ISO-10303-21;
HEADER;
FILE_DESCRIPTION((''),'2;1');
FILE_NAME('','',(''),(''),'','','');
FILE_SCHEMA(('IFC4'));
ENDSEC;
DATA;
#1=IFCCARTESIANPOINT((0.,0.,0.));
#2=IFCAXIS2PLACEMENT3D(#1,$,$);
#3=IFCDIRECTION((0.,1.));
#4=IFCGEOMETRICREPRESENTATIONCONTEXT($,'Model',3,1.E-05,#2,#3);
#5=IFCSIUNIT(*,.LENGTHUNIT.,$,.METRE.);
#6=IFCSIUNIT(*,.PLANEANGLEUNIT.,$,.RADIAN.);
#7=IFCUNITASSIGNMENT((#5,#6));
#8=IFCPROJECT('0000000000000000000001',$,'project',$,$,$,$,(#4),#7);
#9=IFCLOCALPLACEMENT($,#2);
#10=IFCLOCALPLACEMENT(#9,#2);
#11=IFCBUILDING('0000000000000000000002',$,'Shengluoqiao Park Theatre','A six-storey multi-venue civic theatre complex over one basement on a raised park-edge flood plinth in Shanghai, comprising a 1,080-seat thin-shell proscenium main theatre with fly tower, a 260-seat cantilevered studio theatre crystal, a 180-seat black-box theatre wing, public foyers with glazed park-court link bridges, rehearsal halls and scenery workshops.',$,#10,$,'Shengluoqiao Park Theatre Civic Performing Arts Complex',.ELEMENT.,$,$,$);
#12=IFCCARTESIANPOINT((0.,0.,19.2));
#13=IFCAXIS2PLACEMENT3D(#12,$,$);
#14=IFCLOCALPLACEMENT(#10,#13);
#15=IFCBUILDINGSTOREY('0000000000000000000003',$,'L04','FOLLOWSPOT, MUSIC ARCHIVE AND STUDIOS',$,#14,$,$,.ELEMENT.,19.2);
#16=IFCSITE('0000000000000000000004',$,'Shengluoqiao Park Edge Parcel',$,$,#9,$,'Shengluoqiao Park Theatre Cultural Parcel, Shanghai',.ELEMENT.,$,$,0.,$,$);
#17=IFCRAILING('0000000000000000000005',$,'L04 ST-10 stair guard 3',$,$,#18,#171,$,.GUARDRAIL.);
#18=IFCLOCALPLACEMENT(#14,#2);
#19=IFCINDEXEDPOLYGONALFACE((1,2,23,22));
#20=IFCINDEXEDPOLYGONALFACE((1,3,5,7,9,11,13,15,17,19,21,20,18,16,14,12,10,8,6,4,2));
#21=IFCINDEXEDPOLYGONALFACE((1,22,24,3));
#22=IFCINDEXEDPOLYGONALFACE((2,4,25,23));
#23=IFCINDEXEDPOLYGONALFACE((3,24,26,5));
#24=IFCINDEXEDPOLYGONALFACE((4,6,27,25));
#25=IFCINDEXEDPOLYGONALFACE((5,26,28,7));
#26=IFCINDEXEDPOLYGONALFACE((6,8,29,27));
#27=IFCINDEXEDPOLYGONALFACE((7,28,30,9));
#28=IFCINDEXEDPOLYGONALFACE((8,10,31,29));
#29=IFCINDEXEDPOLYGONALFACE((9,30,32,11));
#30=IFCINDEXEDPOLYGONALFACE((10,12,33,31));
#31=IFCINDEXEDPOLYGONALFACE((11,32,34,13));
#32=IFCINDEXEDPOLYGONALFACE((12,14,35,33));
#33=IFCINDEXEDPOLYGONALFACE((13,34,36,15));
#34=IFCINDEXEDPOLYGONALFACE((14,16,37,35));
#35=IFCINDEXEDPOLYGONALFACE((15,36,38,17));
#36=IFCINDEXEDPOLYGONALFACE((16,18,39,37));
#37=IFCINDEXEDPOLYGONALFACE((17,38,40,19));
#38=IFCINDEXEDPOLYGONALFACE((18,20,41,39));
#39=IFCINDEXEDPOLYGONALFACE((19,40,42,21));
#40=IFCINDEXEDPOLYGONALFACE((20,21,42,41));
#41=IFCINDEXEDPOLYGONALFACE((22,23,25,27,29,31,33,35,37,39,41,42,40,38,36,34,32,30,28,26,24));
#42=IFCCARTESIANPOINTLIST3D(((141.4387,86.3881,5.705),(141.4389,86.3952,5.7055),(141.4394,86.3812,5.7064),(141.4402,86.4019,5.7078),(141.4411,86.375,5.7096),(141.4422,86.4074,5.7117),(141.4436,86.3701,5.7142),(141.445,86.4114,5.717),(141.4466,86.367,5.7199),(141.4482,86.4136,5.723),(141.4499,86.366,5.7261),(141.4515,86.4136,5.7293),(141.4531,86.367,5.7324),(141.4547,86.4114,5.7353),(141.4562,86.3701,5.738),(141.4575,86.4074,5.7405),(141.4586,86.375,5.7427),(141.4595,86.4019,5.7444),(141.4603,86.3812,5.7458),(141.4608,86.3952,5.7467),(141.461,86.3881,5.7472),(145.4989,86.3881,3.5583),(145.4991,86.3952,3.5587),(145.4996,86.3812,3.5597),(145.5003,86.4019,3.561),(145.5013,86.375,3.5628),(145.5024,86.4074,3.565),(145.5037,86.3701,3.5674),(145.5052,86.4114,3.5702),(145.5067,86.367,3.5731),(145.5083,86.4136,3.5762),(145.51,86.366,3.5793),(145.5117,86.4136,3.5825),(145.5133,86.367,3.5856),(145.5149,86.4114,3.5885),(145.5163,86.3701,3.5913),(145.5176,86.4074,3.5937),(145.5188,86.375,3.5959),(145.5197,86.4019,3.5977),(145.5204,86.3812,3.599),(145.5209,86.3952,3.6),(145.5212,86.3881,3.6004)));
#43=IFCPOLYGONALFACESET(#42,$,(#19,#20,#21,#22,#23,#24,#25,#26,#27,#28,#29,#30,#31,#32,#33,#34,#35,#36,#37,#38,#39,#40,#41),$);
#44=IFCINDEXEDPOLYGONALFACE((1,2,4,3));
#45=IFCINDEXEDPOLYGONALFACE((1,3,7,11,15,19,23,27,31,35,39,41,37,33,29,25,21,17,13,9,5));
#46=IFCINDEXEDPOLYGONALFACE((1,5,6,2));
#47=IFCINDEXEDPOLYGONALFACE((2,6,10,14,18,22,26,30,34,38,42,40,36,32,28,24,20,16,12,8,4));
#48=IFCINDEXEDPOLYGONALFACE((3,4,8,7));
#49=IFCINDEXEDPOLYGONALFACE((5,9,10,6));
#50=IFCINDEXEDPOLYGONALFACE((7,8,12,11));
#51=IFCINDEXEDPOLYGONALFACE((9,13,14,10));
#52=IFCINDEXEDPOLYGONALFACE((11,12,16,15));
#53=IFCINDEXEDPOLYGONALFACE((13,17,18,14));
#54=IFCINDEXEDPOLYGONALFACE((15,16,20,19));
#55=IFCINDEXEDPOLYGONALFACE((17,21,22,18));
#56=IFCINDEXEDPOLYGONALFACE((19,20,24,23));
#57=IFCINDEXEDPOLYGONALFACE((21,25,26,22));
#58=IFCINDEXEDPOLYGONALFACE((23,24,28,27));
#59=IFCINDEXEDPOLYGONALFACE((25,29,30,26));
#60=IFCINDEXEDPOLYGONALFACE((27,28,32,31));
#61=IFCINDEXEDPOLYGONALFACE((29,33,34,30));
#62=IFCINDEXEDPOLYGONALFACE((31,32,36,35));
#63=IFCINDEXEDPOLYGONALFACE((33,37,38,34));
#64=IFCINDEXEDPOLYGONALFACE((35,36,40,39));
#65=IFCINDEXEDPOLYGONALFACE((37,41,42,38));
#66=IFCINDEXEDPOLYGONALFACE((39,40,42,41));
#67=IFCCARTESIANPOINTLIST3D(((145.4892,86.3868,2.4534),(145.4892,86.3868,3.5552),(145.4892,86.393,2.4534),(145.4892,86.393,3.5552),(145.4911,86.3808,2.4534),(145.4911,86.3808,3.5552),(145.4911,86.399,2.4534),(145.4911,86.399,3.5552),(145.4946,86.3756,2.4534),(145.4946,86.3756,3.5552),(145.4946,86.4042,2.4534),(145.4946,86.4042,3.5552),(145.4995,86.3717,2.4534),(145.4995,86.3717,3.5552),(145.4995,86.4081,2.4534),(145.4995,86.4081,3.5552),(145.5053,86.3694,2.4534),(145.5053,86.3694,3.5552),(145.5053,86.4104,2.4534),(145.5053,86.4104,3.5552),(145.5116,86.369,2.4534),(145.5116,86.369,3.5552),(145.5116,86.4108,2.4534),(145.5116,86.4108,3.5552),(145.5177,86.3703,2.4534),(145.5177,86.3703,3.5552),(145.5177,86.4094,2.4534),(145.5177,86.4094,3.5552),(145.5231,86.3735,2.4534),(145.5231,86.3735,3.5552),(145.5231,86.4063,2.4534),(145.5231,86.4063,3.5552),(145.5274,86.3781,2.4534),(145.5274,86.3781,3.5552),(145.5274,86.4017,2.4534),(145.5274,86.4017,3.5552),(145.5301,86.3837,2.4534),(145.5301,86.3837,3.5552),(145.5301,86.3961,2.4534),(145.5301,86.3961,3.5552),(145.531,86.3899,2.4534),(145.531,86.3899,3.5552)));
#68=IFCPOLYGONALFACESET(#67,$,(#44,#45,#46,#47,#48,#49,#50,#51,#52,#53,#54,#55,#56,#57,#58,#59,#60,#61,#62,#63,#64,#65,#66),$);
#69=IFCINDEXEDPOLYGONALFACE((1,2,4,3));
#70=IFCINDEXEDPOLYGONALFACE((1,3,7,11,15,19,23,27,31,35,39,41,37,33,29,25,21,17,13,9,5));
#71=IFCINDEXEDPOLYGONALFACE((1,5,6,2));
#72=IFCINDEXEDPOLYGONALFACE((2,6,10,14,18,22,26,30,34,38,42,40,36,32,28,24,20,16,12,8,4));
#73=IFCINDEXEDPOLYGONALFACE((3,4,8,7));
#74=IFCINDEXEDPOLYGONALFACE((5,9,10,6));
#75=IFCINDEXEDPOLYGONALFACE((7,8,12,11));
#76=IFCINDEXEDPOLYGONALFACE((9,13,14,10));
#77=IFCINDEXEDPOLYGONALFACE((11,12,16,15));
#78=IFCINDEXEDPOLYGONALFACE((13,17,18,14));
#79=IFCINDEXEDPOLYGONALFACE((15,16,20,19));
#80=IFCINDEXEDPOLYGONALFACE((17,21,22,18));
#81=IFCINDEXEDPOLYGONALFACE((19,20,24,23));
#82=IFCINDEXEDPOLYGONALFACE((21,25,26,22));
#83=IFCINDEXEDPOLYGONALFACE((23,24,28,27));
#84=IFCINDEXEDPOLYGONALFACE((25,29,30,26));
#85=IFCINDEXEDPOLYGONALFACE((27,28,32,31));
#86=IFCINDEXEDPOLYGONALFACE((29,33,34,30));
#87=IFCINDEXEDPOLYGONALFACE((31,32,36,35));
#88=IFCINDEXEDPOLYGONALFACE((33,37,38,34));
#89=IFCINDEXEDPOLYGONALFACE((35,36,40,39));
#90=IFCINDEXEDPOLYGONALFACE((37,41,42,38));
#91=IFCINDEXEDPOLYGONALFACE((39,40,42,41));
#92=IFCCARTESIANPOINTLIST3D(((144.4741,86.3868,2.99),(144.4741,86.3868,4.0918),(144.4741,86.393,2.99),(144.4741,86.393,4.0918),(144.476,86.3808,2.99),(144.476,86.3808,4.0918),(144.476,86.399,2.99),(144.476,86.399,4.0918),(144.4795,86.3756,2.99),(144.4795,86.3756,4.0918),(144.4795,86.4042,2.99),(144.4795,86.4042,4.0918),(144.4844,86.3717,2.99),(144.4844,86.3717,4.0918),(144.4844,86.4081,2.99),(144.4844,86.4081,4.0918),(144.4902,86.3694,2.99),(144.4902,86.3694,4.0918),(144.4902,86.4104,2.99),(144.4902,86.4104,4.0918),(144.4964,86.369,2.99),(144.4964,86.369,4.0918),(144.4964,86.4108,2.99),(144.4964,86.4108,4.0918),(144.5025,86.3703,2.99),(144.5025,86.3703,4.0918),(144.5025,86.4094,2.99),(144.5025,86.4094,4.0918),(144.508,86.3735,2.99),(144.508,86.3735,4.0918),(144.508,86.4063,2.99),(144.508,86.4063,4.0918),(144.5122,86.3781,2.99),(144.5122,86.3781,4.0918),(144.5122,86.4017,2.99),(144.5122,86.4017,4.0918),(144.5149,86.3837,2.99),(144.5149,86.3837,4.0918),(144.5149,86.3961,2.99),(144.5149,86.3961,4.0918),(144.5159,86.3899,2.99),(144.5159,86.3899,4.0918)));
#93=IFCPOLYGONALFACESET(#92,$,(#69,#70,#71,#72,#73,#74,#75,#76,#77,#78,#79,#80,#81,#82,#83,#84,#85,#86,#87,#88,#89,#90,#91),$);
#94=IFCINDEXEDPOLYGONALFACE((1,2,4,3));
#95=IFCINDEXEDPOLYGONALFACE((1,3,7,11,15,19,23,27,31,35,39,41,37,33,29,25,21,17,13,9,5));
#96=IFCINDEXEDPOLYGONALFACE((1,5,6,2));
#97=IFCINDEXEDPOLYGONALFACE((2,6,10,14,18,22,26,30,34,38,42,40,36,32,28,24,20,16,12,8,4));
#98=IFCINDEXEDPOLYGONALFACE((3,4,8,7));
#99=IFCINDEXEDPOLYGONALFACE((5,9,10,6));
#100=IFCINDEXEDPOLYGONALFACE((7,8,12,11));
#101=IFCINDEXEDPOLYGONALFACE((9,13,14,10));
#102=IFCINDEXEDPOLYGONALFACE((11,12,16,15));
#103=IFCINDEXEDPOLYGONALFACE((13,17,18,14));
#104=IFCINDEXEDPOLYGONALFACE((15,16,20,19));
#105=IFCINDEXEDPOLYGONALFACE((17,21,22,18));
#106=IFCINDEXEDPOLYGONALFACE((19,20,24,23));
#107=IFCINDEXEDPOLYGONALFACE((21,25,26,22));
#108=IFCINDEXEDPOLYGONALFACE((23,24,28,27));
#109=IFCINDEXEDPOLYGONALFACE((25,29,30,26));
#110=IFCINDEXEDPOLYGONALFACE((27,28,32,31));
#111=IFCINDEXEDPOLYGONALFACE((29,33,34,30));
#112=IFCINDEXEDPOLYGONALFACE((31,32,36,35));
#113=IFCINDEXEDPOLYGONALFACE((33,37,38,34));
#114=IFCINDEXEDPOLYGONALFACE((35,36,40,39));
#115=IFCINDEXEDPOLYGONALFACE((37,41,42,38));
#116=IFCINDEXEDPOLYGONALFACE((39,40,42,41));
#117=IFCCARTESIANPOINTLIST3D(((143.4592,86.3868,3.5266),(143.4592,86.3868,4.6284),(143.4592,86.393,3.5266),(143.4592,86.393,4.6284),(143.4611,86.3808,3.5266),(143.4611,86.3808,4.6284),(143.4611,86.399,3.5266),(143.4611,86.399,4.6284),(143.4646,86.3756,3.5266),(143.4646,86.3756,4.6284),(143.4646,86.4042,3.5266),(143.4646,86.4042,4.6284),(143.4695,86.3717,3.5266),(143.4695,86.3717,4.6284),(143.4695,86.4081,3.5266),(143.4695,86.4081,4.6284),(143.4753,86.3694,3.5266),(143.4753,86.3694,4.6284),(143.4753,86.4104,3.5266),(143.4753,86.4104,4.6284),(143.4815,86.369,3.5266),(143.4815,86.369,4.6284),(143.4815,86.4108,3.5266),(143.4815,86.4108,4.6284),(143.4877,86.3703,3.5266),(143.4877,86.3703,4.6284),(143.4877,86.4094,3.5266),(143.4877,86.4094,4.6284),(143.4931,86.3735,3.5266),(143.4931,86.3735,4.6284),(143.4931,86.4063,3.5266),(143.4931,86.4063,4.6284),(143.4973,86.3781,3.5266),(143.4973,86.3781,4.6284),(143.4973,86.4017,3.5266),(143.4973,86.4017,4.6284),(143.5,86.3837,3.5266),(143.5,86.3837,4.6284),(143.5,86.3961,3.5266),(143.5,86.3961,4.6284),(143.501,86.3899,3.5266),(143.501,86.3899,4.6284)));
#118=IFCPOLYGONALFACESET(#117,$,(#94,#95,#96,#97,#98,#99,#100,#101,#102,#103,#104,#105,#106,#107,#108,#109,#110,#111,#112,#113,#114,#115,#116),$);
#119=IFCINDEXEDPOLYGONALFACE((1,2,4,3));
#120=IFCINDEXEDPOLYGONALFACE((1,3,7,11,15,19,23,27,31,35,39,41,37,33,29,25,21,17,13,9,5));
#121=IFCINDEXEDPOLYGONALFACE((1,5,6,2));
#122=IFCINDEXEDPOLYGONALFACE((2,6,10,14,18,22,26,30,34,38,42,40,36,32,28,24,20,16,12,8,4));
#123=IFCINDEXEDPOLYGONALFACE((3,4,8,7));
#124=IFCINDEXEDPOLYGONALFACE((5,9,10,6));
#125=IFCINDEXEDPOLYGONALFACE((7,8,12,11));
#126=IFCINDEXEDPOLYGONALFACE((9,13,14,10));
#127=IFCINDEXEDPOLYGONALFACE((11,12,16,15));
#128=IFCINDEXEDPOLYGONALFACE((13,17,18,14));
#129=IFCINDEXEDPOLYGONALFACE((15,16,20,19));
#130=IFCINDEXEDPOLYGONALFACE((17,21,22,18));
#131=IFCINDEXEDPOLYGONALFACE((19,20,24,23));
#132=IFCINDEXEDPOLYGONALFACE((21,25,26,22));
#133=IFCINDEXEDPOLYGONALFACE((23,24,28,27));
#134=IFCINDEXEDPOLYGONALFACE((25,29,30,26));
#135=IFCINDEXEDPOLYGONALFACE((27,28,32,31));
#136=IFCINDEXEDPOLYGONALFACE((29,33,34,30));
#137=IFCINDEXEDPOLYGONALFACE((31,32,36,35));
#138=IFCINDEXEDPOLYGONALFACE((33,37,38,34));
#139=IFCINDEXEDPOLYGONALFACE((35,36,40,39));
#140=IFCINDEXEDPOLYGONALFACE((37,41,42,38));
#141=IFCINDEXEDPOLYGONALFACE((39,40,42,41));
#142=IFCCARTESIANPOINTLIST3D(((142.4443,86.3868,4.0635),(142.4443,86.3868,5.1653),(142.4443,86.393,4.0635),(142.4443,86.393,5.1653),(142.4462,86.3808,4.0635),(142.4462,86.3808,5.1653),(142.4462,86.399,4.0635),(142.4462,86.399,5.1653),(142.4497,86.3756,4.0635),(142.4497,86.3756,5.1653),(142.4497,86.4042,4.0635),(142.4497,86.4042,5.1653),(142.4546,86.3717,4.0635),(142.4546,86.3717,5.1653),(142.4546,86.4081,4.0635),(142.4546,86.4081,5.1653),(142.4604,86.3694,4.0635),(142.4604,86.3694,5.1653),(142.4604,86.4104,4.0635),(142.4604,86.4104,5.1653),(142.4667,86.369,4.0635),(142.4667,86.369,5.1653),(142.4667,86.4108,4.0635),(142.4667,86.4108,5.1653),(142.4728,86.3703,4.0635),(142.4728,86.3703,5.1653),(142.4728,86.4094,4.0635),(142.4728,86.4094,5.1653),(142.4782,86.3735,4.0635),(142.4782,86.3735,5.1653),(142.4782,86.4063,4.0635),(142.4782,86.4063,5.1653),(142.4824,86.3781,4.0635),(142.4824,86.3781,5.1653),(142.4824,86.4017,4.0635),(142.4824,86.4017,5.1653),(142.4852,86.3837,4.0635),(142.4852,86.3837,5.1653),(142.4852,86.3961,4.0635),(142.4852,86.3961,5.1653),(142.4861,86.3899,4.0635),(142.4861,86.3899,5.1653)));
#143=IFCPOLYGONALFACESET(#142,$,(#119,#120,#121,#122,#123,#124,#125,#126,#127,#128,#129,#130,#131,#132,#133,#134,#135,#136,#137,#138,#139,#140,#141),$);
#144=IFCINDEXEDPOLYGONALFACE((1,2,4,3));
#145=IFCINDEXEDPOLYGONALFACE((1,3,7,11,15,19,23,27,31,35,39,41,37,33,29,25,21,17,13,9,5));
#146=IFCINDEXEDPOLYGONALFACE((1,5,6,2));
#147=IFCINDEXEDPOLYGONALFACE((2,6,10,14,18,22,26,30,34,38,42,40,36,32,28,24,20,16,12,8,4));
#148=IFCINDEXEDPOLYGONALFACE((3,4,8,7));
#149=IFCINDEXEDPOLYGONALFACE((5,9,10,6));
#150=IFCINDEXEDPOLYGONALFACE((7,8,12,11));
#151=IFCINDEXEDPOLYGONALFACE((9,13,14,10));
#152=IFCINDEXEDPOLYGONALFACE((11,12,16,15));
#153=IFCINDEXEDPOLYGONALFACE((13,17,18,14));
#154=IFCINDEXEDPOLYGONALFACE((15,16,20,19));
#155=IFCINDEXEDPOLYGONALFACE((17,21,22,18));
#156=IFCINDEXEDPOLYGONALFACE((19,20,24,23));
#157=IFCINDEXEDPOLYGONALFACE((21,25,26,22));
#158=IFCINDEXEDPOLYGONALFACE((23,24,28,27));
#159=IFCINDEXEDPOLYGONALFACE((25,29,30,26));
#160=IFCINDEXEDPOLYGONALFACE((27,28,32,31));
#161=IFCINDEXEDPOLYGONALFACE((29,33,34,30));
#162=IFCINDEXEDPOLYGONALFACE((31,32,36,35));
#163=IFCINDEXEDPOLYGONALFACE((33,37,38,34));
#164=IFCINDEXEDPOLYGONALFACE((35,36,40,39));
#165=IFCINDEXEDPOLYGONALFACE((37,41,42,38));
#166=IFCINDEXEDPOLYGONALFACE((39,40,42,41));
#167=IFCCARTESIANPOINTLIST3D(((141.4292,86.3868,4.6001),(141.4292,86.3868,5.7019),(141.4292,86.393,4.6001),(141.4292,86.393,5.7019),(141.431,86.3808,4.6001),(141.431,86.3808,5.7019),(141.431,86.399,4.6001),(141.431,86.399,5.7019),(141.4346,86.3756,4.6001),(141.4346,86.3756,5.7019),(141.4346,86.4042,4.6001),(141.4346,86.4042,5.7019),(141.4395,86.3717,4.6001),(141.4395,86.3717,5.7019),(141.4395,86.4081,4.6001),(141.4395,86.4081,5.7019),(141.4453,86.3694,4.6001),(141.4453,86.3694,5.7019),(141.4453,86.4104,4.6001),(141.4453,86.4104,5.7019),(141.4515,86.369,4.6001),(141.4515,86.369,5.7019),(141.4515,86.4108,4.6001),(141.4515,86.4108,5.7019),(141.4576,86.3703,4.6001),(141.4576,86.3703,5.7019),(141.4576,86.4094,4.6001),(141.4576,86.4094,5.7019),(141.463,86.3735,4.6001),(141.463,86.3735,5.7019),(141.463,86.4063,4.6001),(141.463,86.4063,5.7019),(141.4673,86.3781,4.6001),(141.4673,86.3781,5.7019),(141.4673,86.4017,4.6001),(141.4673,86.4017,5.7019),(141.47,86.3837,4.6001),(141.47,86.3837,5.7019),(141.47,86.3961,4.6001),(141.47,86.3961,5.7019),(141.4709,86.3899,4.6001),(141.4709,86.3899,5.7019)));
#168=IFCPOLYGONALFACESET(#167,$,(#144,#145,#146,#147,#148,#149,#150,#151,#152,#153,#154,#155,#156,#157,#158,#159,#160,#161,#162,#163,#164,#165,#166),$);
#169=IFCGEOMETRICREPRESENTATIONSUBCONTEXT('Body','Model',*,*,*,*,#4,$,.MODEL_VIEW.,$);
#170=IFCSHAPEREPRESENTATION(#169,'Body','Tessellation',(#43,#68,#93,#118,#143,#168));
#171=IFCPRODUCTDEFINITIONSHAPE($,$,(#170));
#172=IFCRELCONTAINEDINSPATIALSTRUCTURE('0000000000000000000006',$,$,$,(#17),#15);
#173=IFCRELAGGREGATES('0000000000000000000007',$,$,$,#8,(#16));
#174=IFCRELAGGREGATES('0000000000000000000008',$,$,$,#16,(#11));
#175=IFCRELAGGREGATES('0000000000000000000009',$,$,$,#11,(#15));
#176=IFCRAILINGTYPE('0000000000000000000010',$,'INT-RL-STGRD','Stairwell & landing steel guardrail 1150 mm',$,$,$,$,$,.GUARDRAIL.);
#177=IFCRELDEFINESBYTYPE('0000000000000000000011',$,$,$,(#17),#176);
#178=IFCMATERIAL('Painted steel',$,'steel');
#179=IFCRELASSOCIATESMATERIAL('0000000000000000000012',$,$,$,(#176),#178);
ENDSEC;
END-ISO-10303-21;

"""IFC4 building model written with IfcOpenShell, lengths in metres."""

from ifc_helpers import new_model, si_unit, direction, frame, origin, origin_2d, place, context, subcontext, project, spatial, circle, extrude, material, type_object, element, save


model = new_model("IFC4")

# Units and contexts
model_context = context("Model", 3, precision=1e-05, world=origin(), true_north=direction((0.0, 1.0)))
body_context = subcontext(model_context, "Body", "Model", "MODEL_VIEW")
ifc_project = project(units=[si_unit("LENGTHUNIT", "METRE"), si_unit("PLANEANGLEUNIT", "RADIAN")], contexts=[model_context])

# Site, building, storey
site_placement = place(None, origin())
site = spatial("IfcSite", under=ifc_project, at=site_placement, Name="Shengluoqiao Park Edge Parcel", LongName="Shengluoqiao Park Theatre Cultural Parcel, Shanghai", CompositionType="ELEMENT", RefElevation=0.0)
building_placement = place(site_placement, origin())
building = spatial("IfcBuilding", under=site, at=building_placement, Name="Shengluoqiao Park Theatre", Description="A six-storey multi-venue civic theatre complex over one basement on a raised park-edge flood plinth in Shanghai, comprising a 1,080-seat thin-shell proscenium main theatre with fly tower, a 260-seat cantilevered studio theatre crystal, a 180-seat black-box theatre wing, public foyers with glazed park-court link bridges, rehearsal halls and scenery workshops.", LongName="Shengluoqiao Park Theatre Civic Performing Arts Complex", CompositionType="ELEMENT")
storey_placement = place(building_placement, frame((0.0, 0.0, 19.2)))
storey = spatial("IfcBuildingStorey", under=building, at=storey_placement, Name="L04", Description="FOLLOWSPOT, MUSIC ARCHIVE AND STUDIOS", CompositionType="ELEMENT", Elevation=19.2)

# Railing
ifc_material_1 = material(Name="Painted steel", Category="steel")
railing_type_1 = type_object("IfcRailingType", Name="INT-RL-STGRD", Description="Stairwell & landing steel guardrail 1150 mm", PredefinedType="GUARDRAIL", material=ifc_material_1)
railing_1_placement = place(storey_placement, frame((145.51, 86.3899, 2.4534)))
element("IfcRailing", 1, at=railing_1_placement, inside=storey, type_object=railing_type_1, Name="L04 ST-10 stair guard 3", PredefinedType="GUARDRAIL", context=body_context, shape_type="SweptSolid", body=[
    extrude(circle(Radius=0.0239, at=origin_2d()), frame((0.0, 0.0, 1.126), z_axis=(-0.884032, 0.0, 0.467426), x_axis=(0.0, -1.0, 0.0)), (0.0, 0.0, 1.0), 4.5928),
    extrude(circle(Radius=0.021, at=origin_2d()), origin(), (0.0, 0.0, 1.0), 1.1018),
    extrude(circle(Radius=0.021, at=origin_2d()), frame((-1.0151, 0.0, 0.5366)), (0.0, 0.0, 1.0), 1.1018),
    extrude(circle(Radius=0.021, at=origin_2d()), frame((-2.03, 0.0, 1.0732)), (0.0, 0.0, 1.0), 1.1018),
    extrude(circle(Radius=0.021, at=origin_2d()), frame((-3.0449, 0.0, 1.6101)), (0.0, 0.0, 1.0), 1.1018),
    extrude(circle(Radius=0.021, at=origin_2d()), frame((-4.0601, 0.0, 2.1467)), (0.0, 0.0, 1.0), 1.1018),
])

save(model, "model.ifc")
